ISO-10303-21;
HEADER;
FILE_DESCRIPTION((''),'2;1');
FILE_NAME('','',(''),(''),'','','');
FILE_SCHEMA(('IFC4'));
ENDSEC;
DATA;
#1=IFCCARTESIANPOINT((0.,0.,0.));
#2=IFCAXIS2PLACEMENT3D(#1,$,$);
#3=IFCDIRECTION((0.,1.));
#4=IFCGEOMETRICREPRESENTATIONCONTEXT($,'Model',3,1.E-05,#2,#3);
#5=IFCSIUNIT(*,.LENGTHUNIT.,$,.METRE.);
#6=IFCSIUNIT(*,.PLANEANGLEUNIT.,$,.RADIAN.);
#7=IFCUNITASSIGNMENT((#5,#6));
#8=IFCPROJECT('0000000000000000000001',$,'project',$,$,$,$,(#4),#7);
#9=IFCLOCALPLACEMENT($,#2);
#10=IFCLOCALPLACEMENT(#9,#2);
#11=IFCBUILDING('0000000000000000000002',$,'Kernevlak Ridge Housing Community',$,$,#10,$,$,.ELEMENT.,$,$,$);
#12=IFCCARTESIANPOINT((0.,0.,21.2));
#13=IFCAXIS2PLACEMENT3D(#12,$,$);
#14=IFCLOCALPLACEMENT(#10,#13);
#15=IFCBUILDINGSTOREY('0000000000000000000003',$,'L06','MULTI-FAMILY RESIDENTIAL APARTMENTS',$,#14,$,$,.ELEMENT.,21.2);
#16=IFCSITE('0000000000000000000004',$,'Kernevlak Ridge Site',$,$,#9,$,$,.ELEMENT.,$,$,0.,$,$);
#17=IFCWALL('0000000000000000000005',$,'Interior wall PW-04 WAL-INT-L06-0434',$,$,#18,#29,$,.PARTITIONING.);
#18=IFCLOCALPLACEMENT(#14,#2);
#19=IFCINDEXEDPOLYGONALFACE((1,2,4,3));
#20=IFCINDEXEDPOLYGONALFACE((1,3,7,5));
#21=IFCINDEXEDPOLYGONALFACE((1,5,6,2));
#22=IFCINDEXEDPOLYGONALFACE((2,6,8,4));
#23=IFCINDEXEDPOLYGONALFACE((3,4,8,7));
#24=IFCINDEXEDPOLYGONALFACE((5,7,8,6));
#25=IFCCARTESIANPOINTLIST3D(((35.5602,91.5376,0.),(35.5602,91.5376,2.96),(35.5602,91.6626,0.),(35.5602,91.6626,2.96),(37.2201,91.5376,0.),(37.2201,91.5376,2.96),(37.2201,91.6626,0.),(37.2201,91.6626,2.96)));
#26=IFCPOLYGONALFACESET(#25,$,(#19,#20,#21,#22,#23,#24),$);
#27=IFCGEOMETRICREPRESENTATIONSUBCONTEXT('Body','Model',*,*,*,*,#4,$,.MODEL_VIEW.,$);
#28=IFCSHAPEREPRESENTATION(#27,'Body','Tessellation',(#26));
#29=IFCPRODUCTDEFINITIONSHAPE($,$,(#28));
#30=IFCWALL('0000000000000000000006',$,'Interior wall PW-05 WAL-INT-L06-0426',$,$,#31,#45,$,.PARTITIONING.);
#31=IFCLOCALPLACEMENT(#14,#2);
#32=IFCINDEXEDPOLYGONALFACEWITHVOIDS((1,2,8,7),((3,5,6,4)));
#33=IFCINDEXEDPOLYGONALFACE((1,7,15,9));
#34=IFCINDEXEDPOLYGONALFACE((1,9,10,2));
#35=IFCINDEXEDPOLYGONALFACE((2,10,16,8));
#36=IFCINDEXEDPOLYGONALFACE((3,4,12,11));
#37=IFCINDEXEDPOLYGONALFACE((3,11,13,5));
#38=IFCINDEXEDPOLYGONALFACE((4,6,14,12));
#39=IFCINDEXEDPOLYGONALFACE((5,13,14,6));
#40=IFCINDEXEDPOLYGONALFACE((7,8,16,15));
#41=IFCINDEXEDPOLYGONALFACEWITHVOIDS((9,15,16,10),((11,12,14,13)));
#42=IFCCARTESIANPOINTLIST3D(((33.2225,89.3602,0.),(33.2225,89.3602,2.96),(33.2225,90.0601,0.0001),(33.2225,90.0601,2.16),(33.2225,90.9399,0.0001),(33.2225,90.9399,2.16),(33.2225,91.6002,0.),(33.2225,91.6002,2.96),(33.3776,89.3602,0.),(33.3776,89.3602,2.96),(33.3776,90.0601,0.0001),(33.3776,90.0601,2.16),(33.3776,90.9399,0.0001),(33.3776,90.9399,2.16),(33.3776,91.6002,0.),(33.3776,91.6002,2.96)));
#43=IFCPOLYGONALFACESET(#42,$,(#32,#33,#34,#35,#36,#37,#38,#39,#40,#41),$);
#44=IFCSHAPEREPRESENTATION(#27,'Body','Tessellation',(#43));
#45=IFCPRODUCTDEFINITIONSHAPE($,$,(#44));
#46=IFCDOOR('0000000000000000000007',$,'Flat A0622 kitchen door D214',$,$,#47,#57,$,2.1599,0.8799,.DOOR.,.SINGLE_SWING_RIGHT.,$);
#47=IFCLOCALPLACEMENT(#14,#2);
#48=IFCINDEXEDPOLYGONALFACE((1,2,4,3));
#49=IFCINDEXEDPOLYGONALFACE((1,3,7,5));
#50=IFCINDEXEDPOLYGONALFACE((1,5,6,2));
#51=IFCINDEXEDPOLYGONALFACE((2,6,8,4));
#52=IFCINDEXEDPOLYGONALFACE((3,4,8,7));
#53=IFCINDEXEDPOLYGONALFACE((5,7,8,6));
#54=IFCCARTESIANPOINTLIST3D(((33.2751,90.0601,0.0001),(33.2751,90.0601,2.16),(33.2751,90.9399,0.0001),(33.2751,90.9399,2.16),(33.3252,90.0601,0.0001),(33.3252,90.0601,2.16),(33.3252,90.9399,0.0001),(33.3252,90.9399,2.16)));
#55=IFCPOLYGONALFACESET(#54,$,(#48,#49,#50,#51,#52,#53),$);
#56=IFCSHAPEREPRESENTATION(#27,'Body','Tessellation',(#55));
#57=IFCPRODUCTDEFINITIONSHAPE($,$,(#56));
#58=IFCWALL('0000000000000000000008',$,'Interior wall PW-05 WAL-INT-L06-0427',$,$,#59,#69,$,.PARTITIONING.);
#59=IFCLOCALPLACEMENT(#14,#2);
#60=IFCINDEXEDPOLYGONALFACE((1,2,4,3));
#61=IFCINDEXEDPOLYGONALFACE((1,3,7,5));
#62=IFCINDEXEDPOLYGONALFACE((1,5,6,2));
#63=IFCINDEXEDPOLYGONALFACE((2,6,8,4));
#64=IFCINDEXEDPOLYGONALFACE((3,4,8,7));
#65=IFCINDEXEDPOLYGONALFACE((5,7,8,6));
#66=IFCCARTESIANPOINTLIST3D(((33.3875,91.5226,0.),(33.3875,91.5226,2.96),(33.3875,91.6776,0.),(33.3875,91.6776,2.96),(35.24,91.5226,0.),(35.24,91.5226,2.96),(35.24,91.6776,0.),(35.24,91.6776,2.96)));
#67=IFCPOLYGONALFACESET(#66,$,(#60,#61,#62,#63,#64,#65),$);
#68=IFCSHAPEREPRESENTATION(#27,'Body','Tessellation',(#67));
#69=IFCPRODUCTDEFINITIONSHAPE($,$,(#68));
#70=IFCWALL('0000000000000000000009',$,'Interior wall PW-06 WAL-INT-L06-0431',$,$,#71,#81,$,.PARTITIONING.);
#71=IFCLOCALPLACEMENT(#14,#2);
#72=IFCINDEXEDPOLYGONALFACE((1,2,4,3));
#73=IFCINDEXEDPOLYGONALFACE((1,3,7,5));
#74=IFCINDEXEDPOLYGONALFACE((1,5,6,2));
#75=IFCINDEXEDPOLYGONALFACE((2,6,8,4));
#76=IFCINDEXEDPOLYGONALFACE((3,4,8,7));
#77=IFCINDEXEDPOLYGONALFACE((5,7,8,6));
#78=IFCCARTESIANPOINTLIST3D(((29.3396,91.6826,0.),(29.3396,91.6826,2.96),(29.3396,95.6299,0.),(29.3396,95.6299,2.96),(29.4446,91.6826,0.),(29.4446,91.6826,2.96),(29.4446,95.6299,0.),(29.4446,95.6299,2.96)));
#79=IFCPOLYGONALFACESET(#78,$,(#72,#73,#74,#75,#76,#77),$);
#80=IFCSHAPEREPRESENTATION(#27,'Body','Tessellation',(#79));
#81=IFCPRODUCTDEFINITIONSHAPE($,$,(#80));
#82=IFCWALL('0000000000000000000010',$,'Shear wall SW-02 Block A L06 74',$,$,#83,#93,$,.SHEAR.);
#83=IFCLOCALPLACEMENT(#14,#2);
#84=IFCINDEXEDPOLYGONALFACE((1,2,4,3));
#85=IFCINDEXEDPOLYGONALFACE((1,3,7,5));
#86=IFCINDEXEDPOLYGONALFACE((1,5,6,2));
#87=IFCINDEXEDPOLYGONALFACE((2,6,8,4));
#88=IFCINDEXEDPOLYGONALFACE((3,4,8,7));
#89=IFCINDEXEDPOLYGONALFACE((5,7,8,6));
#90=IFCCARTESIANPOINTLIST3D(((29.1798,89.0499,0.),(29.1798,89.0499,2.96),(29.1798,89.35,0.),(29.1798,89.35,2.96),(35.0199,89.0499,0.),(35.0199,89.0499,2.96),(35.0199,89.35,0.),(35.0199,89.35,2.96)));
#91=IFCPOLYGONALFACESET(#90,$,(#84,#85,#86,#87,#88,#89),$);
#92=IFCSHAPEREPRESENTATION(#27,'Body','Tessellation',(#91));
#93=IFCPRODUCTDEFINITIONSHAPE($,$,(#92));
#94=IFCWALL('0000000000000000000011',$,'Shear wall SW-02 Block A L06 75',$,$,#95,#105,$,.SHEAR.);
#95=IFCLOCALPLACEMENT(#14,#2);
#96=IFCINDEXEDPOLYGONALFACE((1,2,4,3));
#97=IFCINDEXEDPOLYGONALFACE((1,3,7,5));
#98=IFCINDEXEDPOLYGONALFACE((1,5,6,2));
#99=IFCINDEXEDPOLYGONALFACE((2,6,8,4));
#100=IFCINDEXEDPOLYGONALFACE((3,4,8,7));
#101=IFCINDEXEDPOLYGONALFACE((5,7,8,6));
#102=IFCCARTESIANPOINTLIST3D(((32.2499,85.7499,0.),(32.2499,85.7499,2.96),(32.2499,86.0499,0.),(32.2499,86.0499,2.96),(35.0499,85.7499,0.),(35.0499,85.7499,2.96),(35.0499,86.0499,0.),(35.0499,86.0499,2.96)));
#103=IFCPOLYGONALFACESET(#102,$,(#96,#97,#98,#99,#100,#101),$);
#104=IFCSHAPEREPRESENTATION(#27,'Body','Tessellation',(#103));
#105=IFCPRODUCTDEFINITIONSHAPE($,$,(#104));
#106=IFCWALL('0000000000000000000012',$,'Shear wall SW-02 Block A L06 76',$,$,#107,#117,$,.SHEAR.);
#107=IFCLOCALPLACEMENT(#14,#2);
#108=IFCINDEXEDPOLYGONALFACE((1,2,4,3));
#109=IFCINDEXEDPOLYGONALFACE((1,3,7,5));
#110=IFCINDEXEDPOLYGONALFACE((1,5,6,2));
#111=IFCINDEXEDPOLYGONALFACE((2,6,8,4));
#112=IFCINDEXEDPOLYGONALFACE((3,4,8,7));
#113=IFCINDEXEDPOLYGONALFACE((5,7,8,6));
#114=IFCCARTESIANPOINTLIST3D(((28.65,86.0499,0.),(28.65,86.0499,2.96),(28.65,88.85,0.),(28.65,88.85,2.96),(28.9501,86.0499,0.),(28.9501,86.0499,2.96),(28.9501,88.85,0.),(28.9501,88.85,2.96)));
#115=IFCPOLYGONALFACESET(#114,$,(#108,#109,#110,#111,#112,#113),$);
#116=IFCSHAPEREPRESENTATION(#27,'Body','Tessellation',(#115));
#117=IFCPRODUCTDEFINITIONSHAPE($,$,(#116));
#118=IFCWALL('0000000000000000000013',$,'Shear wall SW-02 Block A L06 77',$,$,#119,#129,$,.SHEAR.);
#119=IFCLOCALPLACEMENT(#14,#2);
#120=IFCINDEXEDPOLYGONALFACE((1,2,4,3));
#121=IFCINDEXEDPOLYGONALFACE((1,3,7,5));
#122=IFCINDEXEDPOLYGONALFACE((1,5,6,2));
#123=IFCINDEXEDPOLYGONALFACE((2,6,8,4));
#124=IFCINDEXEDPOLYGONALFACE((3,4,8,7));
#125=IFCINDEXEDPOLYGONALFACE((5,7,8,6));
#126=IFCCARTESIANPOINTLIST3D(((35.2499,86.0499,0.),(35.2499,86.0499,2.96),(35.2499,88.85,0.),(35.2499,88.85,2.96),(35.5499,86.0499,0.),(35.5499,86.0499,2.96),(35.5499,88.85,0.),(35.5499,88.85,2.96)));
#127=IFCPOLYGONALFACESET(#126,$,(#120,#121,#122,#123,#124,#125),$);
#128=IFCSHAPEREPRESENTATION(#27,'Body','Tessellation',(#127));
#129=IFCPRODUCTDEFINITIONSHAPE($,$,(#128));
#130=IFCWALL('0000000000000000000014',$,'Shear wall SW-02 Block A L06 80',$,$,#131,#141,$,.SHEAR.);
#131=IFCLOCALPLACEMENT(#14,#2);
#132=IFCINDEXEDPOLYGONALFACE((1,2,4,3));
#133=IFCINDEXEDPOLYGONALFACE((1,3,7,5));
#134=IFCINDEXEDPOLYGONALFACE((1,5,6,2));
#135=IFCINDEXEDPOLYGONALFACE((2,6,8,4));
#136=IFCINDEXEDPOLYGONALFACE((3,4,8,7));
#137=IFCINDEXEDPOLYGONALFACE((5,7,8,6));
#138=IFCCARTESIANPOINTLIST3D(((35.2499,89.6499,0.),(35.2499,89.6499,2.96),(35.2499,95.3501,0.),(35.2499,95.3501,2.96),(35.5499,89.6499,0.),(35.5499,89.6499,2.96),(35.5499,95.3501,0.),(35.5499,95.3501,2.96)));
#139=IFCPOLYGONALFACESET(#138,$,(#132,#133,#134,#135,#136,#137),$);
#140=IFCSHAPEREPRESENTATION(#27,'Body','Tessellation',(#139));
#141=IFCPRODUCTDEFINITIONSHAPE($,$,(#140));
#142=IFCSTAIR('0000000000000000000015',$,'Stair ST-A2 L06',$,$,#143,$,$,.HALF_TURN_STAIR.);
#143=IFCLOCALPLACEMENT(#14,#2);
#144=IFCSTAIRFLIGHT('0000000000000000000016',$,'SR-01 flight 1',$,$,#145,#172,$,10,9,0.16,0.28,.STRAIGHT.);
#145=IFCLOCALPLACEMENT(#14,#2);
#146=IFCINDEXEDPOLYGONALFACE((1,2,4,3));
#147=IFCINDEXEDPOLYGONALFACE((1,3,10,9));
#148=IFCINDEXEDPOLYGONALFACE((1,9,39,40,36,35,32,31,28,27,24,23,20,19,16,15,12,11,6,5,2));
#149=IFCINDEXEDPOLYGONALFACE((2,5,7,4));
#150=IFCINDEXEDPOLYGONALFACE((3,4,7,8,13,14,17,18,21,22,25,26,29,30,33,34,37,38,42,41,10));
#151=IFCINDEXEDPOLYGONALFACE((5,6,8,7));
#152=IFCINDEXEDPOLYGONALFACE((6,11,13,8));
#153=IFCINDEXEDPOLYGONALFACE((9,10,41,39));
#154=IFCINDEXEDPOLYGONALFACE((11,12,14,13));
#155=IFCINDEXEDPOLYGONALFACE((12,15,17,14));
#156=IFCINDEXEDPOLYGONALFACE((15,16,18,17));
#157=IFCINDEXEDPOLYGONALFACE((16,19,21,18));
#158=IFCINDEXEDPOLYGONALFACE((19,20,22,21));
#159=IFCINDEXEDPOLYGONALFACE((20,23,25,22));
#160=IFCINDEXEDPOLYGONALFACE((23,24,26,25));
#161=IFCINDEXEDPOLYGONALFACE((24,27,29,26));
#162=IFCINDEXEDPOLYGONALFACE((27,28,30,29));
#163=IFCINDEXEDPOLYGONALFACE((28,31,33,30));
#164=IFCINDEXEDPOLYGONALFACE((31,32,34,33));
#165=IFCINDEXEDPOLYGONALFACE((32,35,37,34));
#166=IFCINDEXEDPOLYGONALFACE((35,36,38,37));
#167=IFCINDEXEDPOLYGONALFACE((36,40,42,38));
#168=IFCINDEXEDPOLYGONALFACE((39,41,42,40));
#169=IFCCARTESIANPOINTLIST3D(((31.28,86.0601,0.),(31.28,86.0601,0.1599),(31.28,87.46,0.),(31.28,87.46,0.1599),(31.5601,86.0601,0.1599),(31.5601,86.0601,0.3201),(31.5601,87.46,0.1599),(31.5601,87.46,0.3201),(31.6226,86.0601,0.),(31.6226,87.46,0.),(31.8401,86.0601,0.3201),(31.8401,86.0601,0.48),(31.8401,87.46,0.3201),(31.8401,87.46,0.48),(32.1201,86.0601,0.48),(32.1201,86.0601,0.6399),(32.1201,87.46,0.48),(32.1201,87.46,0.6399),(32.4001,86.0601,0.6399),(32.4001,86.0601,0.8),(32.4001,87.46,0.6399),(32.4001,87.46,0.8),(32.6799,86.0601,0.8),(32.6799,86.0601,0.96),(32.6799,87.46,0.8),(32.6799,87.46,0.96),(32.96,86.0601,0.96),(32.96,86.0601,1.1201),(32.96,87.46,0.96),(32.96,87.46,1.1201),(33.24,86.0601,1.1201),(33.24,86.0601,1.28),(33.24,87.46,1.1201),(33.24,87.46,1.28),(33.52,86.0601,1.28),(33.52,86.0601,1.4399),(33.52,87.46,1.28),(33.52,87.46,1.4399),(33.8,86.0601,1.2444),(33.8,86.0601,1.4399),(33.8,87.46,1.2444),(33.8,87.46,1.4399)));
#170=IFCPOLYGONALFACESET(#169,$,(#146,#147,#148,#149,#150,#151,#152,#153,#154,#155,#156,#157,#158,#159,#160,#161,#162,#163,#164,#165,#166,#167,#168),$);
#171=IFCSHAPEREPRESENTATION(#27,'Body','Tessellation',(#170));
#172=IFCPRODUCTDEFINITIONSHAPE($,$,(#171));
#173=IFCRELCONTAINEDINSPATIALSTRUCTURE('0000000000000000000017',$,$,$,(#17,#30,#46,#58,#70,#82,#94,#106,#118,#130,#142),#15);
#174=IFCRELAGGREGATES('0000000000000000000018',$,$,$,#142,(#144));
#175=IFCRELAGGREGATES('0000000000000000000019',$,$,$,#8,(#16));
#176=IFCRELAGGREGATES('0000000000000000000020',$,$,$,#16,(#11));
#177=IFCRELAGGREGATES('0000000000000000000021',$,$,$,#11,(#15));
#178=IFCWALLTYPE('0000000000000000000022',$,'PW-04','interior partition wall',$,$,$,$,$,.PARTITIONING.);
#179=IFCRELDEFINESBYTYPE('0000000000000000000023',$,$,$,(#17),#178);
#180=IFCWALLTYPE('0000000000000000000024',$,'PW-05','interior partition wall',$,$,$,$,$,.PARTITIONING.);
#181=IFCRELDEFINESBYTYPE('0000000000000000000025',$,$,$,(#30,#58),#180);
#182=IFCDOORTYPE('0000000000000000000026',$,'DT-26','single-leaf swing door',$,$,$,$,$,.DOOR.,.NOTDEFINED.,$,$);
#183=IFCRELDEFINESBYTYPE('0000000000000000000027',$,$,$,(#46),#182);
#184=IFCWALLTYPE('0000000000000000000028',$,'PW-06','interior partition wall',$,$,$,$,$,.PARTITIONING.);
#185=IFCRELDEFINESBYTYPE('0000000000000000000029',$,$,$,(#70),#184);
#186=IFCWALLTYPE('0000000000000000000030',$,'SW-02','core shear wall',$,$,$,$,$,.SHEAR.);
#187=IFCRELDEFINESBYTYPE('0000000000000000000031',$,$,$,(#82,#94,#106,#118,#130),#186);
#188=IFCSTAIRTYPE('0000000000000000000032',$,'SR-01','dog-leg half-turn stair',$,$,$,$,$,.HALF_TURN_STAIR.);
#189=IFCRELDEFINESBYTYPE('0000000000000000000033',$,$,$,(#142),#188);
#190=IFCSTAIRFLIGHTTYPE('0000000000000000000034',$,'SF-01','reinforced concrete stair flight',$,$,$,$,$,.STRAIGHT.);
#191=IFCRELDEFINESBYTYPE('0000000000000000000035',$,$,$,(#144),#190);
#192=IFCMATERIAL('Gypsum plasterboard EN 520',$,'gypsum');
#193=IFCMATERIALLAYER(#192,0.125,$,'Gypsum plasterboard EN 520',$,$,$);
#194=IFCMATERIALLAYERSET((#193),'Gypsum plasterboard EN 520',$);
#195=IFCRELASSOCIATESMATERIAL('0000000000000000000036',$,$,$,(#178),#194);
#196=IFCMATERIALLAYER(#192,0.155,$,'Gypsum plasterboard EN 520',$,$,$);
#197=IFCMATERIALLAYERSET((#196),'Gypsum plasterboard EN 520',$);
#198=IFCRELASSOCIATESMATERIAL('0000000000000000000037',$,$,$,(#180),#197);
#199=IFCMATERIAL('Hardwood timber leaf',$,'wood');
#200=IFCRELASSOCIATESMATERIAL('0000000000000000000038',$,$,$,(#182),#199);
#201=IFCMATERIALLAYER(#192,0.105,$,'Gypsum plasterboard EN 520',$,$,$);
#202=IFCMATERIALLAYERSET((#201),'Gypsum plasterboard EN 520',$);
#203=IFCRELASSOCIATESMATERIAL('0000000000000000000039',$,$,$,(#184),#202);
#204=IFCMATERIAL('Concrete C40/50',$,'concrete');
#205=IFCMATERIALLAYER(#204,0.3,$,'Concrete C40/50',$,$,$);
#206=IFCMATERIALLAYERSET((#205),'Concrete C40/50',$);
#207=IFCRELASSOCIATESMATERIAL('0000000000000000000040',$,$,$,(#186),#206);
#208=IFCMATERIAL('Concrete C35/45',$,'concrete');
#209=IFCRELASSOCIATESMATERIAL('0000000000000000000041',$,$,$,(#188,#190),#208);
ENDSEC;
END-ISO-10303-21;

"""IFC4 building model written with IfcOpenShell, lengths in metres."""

from ifc_helpers import new_model, si_unit, direction, frame, frame_2d, origin, place, context, subcontext, project, spatial, polyline, rectangle, outline, extrude, material, layer, layer_set, type_object, element, fill, aggregate, save


model = new_model("IFC4")

# Units and contexts
model_context = context("Model", 3, precision=1e-05, world=origin(), true_north=direction((0.0, 1.0)))
body_context = subcontext(model_context, "Body", "Model", "MODEL_VIEW")
ifc_project = project(units=[si_unit("LENGTHUNIT", "METRE"), si_unit("PLANEANGLEUNIT", "RADIAN")], contexts=[model_context])

# Site, building, storey
site_placement = place(None, origin())
site = spatial("IfcSite", under=ifc_project, at=site_placement, Name="Kernevlak Ridge Site", CompositionType="ELEMENT", RefElevation=0.0)
building_placement = place(site_placement, origin())
building = spatial("IfcBuilding", under=site, at=building_placement, Name="Kernevlak Ridge Housing Community", CompositionType="ELEMENT")
storey_placement = place(building_placement, frame((0.0, 0.0, 21.2)))
storey = spatial("IfcBuildingStorey", under=building, at=storey_placement, Name="L06", Description="MULTI-FAMILY RESIDENTIAL APARTMENTS", CompositionType="ELEMENT", Elevation=21.2)

# Shared definitions
ifc_material_1 = material(Name="Concrete C40/50", Category="concrete")

# Shared definitions
ifc_material_2 = material(Name="Concrete C35/45", Category="concrete")

# Wall
ifc_material_3 = material(Name="Gypsum plasterboard EN 520", Category="gypsum")
ifc_layer_1 = layer(ifc_material_3, 0.125, Name="Gypsum plasterboard EN 520")
ifc_layer_set_1 = layer_set([ifc_layer_1], Name="Gypsum plasterboard EN 520")
wall_type_1 = type_object("IfcWallType", Name="PW-04", Description="interior partition wall", PredefinedType="PARTITIONING", material=ifc_layer_set_1)
wall_1_placement = place(storey_placement, frame((35.5601, 91.6001, 0.0), z_axis=(0.0, 0.0, 1.0), x_axis=(1.0, 0.0, 0.0)))
element("IfcWall", 1, at=wall_1_placement, inside=storey, type_object=wall_type_1, Name="Interior wall PW-04 WAL-INT-L06-0434", PredefinedType="PARTITIONING", context=body_context, shape_type="SweptSolid", body=[
    extrude(rectangle(XDim=1.6599, YDim=0.125, at=frame_2d((0.8301, 0.0))), origin(), (0.0, 0.0, 1.0), 2.96),
])

# Wall, opening, door
ifc_layer_2 = layer(ifc_material_3, 0.155, Name="Gypsum plasterboard EN 520")
ifc_layer_set_2 = layer_set([ifc_layer_2], Name="Gypsum plasterboard EN 520")
wall_type_2 = type_object("IfcWallType", Name="PW-05", Description="interior partition wall", PredefinedType="PARTITIONING", material=ifc_layer_set_2)
wall_2_placement = place(storey_placement, frame((33.3, 89.3601, 0.0), z_axis=(0.0, 0.0, 1.0), x_axis=(0.0, 1.0, 0.0)))
wall_2 = element("IfcWall", 2, at=wall_2_placement, inside=storey, type_object=wall_type_2, Name="Interior wall PW-05 WAL-INT-L06-0426", PredefinedType="PARTITIONING", context=body_context, shape_type="SweptSolid", body=[
    extrude(rectangle(XDim=2.24, YDim=0.155, at=frame_2d((1.1201, 0.0))), origin(), (0.0, 0.0, 1.0), 2.96),
])
opening_1_placement = place(wall_2_placement, frame((0.7, 0.0, 0.0)))
opening_1 = element("IfcOpeningElement", 3, at=opening_1_placement, cuts=wall_2, PredefinedType="OPENING", context=body_context, shape_type="SweptSolid", body=[
    extrude(rectangle(XDim=0.8799, YDim=2.1599, at=frame_2d((0.4399, 1.0801))), frame((0.0, 0.0874, 0.0), z_axis=(0.0, -1.0, 0.0), x_axis=(1.0, 0.0, 0.0)), (0.0, 0.0, 1.0), 0.175),
])
ifc_material_4 = material(Name="Hardwood timber leaf", Category="wood")
door_type_1 = type_object("IfcDoorType", Name="DT-26", Description="single-leaf swing door", OperationType="NOTDEFINED", PredefinedType="DOOR", material=ifc_material_4)
door_1_placement = place(opening_1_placement, origin())
door_1 = element("IfcDoor", 4, at=door_1_placement, inside=storey, type_object=door_type_1, Name="Flat A0622 kitchen door D214", OperationType="SINGLE_SWING_RIGHT", OverallHeight=2.1599, OverallWidth=0.8799, PredefinedType="DOOR", context=body_context, shape_type="SweptSolid", body=[
    extrude(rectangle(XDim=0.8799, YDim=2.1599, at=frame_2d((0.4399, 1.0801))), frame((0.0, 0.0249, 0.0), z_axis=(0.0, -1.0, 0.0), x_axis=(1.0, 0.0, 0.0)), (0.0, 0.0, 1.0), 0.05),
])
fill(opening_1, door_1)

# Walls
wall_3_placement = place(storey_placement, frame((33.3875, 91.6001, 0.0), z_axis=(0.0, 0.0, 1.0), x_axis=(1.0, 0.0, 0.0)))
element("IfcWall", 5, at=wall_3_placement, inside=storey, type_object=wall_type_2, Name="Interior wall PW-05 WAL-INT-L06-0427", PredefinedType="PARTITIONING", context=body_context, shape_type="SweptSolid", body=[
    extrude(rectangle(XDim=1.8525, YDim=0.155, at=frame_2d((0.9263, 0.0))), origin(), (0.0, 0.0, 1.0), 2.96),
])
ifc_layer_3 = layer(ifc_material_3, 0.105, Name="Gypsum plasterboard EN 520")
ifc_layer_set_3 = layer_set([ifc_layer_3], Name="Gypsum plasterboard EN 520")
wall_type_3 = type_object("IfcWallType", Name="PW-06", Description="interior partition wall", PredefinedType="PARTITIONING", material=ifc_layer_set_3)
wall_4_placement = place(storey_placement, frame((29.3921, 91.6826, 0.0), z_axis=(0.0, 0.0, 1.0), x_axis=(0.0, 1.0, 0.0)))
element("IfcWall", 6, at=wall_4_placement, inside=storey, type_object=wall_type_3, Name="Interior wall PW-06 WAL-INT-L06-0431", PredefinedType="PARTITIONING", context=body_context, shape_type="SweptSolid", body=[
    extrude(rectangle(XDim=3.9473, YDim=0.105, at=frame_2d((1.9736, 0.0))), origin(), (0.0, 0.0, 1.0), 2.96),
])
ifc_layer_4 = layer(ifc_material_1, 0.3, Name="Concrete C40/50")
ifc_layer_set_4 = layer_set([ifc_layer_4], Name="Concrete C40/50")
wall_type_4 = type_object("IfcWallType", Name="SW-02", Description="core shear wall", PredefinedType="SHEAR", material=ifc_layer_set_4)
wall_5_placement = place(storey_placement, frame((29.1799, 89.2, 0.0), z_axis=(0.0, 0.0, 1.0), x_axis=(1.0, 0.0, 0.0)))
element("IfcWall", 7, at=wall_5_placement, inside=storey, type_object=wall_type_4, Name="Shear wall SW-02 Block A L06 74", PredefinedType="SHEAR", context=body_context, shape_type="SweptSolid", body=[
    extrude(rectangle(XDim=5.8401, YDim=0.3, at=frame_2d((2.9199, 0.0))), origin(), (0.0, 0.0, 1.0), 2.96),
])
for number, where, z_axis, x_axis, name in (
    (8, (32.25, 85.8999, 0.0), (0.0, 0.0, 1.0), (1.0, 0.0, 0.0), "Shear wall SW-02 Block A L06 75"),
    (9, (28.8, 86.05, 0.0), (0.0, 0.0, 1.0), (0.0, 1.0, 0.0), "Shear wall SW-02 Block A L06 76"),
    (10, (35.3999, 86.05, 0.0), (0.0, 0.0, 1.0), (0.0, 1.0, 0.0), "Shear wall SW-02 Block A L06 77"),
):
    element("IfcWall", number, at=place(storey_placement, frame(where, z_axis=z_axis, x_axis=x_axis)), inside=storey, type_object=wall_type_4, Name=name, PredefinedType="SHEAR", context=body_context, shape_type="SweptSolid", body=[
        extrude(rectangle(XDim=2.8, YDim=0.3, at=frame_2d((1.3999, 0.0))), origin(), (0.0, 0.0, 1.0), 2.96),
    ])
wall_6_placement = place(storey_placement, frame((35.3999, 89.6499, 0.0), z_axis=(0.0, 0.0, 1.0), x_axis=(0.0, 1.0, 0.0)))
element("IfcWall", 11, at=wall_6_placement, inside=storey, type_object=wall_type_4, Name="Shear wall SW-02 Block A L06 80", PredefinedType="SHEAR", context=body_context, shape_type="SweptSolid", body=[
    extrude(rectangle(XDim=5.7002, YDim=0.3, at=frame_2d((2.8501, 0.0))), origin(), (0.0, 0.0, 1.0), 2.96),
])

# Stair, stair flight
stair_type = type_object("IfcStairType", Name="SR-01", Description="dog-leg half-turn stair", PredefinedType="HALF_TURN_STAIR", material=ifc_material_2)
stair_placement = place(storey_placement, origin())
stair = element("IfcStair", 12, at=stair_placement, inside=storey, type_object=stair_type, Name="Stair ST-A2 L06", PredefinedType="HALF_TURN_STAIR")
stair_flight_type = type_object("IfcStairFlightType", Name="SF-01", Description="reinforced concrete stair flight", PredefinedType="STRAIGHT", material=ifc_material_2)
stair_flight_1_placement = place(storey_placement, frame((31.28, 86.76, 0.0), z_axis=(0.0, 0.0, 1.0), x_axis=(1.0, 0.0, 0.0)))
stair_flight_1 = element("IfcStairFlight", 13, at=stair_flight_1_placement, type_object=stair_flight_type, Name="SR-01 flight 1", NumberOfRisers=10, NumberOfTreads=9, PredefinedType="STRAIGHT", RiserHeight=0.16, TreadLength=0.28, context=body_context, shape_type="SweptSolid", body=[
    extrude(outline(polyline([(0.0, 0.0), (0.0, 0.1599), (0.28, 0.1599), (0.28, 0.3201), (0.5601, 0.3201), (0.5601, 0.48), (0.8401, 0.48), (0.8401, 0.6399), (1.1201, 0.6399), (1.1201, 0.8), (1.3999, 0.8), (1.3999, 0.96), (1.6799, 0.96), (1.6799, 1.1201), (1.96, 1.1201), (1.96, 1.28), (2.24, 1.28), (2.24, 1.4399), (2.52, 1.4399), (2.52, 1.6001), (2.52, 1.2444), (0.3425, 0.0), (0.0, 0.0)])), frame((0.0, 0.7, 0.0), z_axis=(0.0, -1.0, 0.0), x_axis=(1.0, 0.0, 0.0)), (0.0, 0.0, 1.0), 1.3999),
])
aggregate(stair, [stair_flight_1])

save(model, "model.ifc")
